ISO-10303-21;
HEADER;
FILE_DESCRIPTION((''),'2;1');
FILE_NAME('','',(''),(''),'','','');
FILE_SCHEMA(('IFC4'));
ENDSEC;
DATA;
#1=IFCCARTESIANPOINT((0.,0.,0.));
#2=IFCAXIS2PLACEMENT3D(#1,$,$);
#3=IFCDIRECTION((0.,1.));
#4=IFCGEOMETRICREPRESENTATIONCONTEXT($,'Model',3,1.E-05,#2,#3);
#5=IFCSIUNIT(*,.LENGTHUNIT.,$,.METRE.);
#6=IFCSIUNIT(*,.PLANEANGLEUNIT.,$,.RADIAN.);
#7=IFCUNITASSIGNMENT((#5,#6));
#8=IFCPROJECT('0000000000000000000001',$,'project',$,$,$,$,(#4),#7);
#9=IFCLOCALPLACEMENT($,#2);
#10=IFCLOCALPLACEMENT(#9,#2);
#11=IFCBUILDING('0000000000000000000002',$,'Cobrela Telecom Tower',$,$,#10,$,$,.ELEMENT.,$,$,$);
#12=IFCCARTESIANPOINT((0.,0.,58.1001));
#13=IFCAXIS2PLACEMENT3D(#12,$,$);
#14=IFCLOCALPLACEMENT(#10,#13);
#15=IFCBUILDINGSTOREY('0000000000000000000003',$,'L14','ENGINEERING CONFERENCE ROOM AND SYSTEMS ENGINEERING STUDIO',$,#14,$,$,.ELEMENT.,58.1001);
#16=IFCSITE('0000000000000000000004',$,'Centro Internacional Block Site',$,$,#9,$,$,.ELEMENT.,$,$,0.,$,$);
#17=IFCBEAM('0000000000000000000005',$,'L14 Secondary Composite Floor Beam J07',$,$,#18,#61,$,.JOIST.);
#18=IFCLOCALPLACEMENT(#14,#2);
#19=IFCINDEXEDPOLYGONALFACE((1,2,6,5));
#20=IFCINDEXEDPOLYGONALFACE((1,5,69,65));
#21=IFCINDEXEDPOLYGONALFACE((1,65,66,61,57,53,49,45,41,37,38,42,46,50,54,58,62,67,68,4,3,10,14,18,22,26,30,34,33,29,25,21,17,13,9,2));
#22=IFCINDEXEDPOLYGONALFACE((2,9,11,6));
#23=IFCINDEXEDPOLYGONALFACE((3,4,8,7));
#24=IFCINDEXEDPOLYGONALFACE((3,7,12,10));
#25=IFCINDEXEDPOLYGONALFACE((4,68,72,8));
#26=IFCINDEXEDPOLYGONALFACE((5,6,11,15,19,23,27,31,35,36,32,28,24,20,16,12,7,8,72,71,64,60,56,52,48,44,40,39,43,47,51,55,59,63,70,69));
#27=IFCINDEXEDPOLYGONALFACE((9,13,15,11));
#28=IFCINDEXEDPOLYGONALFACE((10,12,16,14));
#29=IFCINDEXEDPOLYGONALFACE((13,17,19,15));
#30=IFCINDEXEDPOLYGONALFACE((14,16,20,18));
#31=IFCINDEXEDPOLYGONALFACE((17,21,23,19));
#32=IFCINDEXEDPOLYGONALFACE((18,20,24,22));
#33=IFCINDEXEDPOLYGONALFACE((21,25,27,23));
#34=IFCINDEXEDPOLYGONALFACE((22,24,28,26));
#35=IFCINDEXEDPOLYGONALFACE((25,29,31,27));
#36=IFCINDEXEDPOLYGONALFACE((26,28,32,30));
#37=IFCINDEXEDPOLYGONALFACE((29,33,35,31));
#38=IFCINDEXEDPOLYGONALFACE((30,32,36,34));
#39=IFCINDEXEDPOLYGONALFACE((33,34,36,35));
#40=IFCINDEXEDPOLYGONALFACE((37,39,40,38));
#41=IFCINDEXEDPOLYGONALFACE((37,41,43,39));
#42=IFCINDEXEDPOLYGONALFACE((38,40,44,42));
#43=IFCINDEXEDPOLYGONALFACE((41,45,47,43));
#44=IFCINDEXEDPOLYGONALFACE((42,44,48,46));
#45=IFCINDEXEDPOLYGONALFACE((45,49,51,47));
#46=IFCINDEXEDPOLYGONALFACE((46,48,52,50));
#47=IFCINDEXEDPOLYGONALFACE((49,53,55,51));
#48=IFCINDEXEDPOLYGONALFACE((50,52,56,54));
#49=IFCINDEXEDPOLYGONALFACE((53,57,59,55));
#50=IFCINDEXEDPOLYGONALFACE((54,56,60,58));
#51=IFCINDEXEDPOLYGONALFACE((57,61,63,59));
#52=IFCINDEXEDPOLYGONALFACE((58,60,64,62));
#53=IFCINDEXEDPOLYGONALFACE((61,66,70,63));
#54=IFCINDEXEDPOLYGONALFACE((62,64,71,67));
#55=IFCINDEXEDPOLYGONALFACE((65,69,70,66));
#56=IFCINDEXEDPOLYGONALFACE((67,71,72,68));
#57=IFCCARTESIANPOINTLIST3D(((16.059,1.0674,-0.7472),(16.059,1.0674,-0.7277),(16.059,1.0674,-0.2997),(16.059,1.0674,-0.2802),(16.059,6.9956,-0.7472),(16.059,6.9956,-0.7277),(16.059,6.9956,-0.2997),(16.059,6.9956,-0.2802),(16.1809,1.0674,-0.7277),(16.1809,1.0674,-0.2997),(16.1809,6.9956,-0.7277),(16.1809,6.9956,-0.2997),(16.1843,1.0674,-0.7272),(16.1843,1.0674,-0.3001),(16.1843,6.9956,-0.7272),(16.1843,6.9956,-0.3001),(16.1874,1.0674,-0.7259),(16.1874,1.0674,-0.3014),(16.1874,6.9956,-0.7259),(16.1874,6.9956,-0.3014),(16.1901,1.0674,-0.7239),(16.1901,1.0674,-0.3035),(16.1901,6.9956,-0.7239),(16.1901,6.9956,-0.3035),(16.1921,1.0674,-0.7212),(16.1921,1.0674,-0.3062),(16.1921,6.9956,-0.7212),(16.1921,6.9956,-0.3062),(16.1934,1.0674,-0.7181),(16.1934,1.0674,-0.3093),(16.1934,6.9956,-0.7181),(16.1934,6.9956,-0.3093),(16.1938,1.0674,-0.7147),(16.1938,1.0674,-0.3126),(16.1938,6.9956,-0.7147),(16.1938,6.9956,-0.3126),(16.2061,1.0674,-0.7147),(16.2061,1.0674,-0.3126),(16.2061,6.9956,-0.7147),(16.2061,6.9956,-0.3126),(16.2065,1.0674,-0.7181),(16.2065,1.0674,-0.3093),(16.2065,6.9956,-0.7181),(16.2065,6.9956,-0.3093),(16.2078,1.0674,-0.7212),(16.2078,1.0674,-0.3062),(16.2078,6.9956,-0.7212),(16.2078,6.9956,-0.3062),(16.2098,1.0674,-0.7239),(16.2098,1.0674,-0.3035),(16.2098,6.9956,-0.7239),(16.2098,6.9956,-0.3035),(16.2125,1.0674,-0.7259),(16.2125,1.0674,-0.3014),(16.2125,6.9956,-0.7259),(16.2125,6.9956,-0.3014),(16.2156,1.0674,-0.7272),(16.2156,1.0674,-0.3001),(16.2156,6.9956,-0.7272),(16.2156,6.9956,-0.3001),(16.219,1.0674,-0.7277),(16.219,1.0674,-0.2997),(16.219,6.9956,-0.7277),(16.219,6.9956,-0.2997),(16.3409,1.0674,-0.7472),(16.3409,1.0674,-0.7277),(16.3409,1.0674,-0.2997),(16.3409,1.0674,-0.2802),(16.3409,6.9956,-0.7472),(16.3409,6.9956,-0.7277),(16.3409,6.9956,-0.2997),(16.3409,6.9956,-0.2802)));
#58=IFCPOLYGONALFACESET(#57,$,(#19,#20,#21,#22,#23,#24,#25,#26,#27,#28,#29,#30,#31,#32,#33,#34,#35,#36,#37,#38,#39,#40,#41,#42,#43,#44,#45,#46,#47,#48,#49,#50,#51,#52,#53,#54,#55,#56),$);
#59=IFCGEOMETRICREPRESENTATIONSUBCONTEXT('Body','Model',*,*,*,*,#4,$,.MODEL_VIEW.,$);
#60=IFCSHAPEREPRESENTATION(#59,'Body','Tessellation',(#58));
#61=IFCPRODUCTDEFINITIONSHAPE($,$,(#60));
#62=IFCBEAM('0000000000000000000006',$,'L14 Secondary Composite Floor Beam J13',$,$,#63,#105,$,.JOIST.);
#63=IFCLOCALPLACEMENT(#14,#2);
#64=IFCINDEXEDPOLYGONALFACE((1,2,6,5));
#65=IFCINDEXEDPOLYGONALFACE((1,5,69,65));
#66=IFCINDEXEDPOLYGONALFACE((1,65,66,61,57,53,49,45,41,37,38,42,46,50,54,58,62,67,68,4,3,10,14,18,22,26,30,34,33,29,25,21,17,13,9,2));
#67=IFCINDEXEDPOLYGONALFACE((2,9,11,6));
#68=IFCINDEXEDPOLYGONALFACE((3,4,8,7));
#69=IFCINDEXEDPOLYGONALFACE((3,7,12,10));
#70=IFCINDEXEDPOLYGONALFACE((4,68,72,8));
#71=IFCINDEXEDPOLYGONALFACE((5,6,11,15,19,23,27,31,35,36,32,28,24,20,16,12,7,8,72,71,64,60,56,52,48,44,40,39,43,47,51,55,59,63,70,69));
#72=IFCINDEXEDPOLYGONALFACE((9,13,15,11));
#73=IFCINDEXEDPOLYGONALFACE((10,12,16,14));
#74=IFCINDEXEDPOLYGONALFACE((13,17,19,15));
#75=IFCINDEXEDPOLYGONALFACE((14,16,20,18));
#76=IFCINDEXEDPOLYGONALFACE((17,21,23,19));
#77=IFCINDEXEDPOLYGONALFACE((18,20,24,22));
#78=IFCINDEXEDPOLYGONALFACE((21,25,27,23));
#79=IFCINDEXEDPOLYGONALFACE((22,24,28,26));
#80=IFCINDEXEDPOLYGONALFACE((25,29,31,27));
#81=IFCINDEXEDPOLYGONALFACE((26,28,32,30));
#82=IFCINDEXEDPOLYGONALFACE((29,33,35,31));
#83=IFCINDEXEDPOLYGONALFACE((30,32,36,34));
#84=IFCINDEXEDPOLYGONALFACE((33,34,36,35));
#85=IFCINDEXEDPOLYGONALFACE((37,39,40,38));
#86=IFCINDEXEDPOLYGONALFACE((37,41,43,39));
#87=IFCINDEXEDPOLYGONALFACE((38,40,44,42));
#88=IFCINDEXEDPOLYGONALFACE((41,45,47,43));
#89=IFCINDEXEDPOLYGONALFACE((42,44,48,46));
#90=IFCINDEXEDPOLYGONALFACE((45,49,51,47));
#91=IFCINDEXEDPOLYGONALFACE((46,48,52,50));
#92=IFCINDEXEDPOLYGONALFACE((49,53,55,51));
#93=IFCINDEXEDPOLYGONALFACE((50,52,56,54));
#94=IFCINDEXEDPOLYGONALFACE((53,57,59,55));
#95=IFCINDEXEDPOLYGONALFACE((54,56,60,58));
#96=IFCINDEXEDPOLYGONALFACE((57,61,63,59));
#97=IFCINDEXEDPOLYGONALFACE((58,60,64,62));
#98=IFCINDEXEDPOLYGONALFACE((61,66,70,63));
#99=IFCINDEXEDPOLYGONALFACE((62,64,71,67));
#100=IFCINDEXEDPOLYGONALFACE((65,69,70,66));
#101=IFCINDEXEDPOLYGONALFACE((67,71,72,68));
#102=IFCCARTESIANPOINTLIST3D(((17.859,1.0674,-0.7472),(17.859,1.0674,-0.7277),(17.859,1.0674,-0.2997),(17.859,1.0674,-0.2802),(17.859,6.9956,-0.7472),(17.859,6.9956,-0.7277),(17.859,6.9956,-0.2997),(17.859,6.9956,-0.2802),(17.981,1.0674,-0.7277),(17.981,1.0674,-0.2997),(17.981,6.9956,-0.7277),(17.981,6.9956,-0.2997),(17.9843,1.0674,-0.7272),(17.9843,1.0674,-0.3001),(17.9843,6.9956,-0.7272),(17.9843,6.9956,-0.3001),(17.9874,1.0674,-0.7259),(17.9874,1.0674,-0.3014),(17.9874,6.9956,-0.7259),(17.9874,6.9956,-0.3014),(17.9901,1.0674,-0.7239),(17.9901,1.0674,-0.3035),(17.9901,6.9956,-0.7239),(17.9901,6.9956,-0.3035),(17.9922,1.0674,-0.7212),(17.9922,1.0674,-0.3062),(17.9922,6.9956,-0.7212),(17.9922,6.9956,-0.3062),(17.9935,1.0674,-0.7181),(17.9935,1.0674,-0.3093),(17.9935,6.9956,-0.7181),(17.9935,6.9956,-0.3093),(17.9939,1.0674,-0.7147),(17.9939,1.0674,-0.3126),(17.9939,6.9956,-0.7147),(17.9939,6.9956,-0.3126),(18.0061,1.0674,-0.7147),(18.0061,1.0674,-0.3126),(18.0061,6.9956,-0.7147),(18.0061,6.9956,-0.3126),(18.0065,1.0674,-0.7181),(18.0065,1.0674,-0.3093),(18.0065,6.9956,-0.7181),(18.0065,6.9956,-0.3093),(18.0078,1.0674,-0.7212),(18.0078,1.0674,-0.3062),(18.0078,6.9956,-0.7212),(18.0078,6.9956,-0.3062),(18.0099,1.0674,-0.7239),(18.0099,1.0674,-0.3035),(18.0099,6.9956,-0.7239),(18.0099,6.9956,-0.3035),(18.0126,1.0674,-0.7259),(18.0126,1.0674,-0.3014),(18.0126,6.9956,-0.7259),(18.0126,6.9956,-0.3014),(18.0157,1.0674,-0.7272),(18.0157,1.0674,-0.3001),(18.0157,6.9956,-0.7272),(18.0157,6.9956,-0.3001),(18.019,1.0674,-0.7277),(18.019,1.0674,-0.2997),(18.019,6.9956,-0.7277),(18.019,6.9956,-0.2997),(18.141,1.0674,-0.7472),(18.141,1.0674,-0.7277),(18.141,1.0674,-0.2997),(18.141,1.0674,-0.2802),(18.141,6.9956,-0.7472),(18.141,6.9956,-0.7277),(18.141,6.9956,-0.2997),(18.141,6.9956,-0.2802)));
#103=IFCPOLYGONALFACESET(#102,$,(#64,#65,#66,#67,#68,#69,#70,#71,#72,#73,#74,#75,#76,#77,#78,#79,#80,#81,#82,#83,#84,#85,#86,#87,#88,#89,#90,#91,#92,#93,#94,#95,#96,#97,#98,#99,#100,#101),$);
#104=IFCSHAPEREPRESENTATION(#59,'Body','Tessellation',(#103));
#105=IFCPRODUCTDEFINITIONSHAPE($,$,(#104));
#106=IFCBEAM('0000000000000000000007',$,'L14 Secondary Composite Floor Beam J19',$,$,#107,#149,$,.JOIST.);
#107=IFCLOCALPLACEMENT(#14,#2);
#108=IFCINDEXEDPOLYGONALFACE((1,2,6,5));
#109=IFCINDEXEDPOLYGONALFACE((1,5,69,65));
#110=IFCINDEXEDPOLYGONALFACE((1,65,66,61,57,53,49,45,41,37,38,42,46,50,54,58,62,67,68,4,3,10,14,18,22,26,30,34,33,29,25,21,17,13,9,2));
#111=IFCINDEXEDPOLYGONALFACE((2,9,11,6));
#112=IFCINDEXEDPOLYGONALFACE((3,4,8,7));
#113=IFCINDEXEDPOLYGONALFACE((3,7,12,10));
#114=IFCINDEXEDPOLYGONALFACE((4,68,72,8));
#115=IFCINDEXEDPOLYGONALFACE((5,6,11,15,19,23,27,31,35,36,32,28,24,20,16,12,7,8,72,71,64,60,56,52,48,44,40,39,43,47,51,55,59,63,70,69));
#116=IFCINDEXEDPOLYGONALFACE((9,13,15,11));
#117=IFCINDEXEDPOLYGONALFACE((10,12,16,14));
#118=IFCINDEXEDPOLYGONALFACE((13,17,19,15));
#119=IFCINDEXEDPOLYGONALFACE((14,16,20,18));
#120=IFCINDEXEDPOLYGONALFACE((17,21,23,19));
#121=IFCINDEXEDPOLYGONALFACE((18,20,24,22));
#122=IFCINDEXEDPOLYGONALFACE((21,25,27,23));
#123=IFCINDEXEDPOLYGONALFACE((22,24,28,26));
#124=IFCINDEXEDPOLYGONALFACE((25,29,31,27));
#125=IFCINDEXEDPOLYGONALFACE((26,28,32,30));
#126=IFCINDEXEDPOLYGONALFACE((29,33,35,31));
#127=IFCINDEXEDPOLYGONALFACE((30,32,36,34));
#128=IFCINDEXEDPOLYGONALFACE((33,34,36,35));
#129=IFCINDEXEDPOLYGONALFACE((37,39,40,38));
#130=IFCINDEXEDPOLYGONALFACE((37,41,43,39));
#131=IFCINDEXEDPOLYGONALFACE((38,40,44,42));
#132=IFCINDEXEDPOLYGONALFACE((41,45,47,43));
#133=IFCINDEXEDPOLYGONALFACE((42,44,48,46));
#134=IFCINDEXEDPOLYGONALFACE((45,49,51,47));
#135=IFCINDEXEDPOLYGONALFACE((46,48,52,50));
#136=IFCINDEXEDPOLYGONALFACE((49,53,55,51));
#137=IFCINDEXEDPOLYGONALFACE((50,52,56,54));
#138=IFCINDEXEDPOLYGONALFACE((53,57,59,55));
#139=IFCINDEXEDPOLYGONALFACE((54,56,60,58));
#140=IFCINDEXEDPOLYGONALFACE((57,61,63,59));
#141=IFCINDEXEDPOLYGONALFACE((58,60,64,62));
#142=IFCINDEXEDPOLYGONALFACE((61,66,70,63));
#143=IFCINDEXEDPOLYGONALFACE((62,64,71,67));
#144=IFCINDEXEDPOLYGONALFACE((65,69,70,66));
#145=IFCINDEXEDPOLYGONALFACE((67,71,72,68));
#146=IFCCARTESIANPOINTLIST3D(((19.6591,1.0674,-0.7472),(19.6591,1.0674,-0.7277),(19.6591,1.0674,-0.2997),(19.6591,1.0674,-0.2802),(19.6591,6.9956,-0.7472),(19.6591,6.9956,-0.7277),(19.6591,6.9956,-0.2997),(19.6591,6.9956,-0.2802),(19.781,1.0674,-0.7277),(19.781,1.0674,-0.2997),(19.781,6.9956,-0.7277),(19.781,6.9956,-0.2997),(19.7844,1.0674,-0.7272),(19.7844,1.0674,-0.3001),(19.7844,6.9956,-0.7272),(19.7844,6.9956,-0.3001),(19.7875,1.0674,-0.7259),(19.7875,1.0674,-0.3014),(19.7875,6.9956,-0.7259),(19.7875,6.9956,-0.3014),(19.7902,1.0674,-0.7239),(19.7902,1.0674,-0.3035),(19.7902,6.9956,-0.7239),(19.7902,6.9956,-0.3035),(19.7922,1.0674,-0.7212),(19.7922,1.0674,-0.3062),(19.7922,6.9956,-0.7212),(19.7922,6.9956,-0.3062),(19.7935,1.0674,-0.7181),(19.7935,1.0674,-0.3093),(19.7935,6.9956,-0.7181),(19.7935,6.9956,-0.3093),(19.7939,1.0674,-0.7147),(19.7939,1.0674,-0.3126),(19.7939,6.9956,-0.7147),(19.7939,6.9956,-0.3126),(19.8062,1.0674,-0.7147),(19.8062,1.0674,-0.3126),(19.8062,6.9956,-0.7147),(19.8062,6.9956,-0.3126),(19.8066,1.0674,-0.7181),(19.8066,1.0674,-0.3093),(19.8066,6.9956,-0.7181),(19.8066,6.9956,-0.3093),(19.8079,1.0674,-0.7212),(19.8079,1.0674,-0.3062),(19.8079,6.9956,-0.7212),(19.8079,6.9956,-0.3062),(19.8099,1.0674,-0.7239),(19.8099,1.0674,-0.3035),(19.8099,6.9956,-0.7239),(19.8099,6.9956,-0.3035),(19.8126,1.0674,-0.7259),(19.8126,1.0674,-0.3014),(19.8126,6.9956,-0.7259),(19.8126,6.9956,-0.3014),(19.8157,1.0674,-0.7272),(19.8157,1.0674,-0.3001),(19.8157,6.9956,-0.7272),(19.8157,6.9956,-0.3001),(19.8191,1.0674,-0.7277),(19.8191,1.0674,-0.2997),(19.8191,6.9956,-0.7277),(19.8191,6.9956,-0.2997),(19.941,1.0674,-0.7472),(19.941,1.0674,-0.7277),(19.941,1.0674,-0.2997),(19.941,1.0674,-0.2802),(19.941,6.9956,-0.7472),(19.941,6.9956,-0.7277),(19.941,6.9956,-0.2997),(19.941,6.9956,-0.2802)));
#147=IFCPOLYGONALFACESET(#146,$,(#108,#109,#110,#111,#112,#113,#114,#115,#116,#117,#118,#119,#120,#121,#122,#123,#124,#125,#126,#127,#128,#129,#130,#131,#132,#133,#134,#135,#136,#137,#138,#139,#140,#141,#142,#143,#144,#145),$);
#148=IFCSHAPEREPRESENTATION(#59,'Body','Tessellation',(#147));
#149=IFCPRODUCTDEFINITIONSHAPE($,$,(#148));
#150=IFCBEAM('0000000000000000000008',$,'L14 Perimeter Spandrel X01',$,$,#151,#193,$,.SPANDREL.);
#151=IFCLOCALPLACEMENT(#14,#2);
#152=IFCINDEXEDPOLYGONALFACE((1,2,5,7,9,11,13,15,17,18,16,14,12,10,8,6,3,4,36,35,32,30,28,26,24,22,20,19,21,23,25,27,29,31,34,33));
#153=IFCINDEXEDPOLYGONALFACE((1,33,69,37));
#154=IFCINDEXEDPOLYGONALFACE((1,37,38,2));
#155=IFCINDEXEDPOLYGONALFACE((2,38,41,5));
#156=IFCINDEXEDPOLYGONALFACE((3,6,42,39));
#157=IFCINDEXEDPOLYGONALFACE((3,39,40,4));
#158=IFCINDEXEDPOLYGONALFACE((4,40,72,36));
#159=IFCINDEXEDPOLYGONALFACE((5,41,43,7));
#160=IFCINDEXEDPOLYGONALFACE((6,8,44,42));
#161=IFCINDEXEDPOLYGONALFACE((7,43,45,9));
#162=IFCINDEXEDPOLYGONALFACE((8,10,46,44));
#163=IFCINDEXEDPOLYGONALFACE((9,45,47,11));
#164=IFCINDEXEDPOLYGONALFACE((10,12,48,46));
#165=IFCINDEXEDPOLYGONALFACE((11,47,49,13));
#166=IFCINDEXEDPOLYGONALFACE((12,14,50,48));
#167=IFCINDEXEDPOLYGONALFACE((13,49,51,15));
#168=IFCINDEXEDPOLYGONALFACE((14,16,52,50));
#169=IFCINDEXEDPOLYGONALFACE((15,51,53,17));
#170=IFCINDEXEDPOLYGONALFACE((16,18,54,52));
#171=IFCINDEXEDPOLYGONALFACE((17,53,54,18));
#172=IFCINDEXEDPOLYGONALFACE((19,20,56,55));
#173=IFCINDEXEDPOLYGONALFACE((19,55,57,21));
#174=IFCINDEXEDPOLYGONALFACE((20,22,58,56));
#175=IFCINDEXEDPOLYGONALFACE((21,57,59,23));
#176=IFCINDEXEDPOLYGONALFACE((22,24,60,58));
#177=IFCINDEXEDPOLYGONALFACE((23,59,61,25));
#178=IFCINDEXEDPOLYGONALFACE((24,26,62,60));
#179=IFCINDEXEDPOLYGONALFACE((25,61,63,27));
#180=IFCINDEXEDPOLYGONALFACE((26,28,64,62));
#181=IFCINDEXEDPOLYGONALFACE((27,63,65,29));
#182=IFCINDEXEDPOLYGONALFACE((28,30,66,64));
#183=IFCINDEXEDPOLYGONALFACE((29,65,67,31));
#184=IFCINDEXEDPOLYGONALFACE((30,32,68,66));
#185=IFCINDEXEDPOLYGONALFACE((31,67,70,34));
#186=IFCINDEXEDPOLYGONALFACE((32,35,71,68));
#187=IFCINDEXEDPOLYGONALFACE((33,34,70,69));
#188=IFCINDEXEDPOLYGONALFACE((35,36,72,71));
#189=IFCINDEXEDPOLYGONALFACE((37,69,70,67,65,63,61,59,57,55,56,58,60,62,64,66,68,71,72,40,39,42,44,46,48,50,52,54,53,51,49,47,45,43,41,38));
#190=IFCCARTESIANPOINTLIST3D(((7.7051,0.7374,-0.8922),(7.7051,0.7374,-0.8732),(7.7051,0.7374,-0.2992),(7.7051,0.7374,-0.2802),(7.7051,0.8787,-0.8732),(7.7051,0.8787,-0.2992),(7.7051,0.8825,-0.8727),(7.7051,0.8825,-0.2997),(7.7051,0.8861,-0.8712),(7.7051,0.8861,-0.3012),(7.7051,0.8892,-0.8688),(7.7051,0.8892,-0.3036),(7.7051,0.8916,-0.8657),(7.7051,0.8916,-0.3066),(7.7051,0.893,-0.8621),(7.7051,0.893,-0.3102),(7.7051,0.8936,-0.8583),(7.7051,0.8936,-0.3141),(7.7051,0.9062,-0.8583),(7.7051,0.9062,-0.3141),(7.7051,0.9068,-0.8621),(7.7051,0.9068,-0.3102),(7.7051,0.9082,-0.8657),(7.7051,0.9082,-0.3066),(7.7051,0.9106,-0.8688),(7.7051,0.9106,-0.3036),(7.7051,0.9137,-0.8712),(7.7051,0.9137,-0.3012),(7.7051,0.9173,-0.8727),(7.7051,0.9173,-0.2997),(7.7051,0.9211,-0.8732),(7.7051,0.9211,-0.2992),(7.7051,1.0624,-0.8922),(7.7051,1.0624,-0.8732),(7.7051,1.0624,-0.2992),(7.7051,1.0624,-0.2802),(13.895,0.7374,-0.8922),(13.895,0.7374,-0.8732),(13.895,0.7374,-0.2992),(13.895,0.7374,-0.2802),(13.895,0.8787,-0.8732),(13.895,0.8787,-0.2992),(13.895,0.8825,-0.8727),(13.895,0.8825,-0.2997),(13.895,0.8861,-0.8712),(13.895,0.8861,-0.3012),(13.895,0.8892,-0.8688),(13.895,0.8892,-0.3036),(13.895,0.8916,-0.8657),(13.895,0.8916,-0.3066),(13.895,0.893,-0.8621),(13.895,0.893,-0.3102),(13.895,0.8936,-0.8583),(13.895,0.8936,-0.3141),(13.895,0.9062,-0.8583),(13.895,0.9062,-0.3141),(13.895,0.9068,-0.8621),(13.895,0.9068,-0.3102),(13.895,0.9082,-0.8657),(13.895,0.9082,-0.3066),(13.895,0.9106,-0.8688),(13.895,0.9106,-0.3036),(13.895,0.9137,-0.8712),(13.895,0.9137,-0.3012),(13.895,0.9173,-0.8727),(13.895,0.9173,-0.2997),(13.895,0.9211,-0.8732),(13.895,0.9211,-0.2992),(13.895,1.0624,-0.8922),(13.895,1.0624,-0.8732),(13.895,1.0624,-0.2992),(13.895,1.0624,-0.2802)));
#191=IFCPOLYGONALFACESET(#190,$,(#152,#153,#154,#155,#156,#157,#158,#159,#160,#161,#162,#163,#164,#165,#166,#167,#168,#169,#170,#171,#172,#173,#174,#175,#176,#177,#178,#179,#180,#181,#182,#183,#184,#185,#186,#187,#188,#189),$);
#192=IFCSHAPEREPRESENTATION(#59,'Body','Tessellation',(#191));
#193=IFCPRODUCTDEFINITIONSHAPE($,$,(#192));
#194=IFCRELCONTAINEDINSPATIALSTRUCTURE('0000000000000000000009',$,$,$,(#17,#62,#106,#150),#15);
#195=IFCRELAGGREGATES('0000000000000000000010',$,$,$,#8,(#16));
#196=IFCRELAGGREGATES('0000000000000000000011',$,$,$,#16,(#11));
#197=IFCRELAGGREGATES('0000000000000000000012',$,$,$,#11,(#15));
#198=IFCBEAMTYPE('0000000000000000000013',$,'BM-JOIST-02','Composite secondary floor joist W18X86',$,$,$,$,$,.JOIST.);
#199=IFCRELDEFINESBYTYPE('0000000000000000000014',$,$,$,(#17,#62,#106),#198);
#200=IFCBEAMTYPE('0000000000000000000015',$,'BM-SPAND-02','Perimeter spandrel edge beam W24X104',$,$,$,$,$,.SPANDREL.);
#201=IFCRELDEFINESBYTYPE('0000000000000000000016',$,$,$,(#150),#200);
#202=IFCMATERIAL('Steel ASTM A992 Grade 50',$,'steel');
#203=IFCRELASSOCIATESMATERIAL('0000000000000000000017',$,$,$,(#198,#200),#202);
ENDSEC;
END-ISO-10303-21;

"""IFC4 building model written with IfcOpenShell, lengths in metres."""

from ifc_helpers import new_model, si_unit, direction, frame, origin, origin_2d, place, context, subcontext, project, spatial, i_section, extrude, material, material_profile, profile_set, type_object, element, save


model = new_model("IFC4")

# Units and contexts
model_context = context("Model", 3, precision=1e-05, world=origin(), true_north=direction((0.0, 1.0)))
body_context = subcontext(model_context, "Body", "Model", "MODEL_VIEW")
ifc_project = project(units=[si_unit("LENGTHUNIT", "METRE"), si_unit("PLANEANGLEUNIT", "RADIAN")], contexts=[model_context])

# Site, building, storey
site_placement = place(None, origin())
site = spatial("IfcSite", under=ifc_project, at=site_placement, Name="Centro Internacional Block Site", CompositionType="ELEMENT", RefElevation=0.0)
building_placement = place(site_placement, origin())
building = spatial("IfcBuilding", under=site, at=building_placement, Name="Cobrela Telecom Tower", CompositionType="ELEMENT")
storey_placement = place(building_placement, frame((0.0, 0.0, 58.1001)))
storey = spatial("IfcBuildingStorey", under=building, at=storey_placement, Name="L14", Description="ENGINEERING CONFERENCE ROOM AND SYSTEMS ENGINEERING STUDIO", CompositionType="ELEMENT", Elevation=58.1001)

# Beams
ifc_material_1 = material(Name="Steel ASTM A992 Grade 50", Category="steel")
ifc_material_profile_1 = material_profile(ifc_material_1, i_section(OverallWidth=0.282, OverallDepth=0.467, WebThickness=0.0122, FlangeThickness=0.0195, FilletRadius=0.0129, at=origin_2d()), Name="W18X86")
ifc_profile_set_1 = profile_set([ifc_material_profile_1], Name="Steel ASTM A992 Grade 50")
beam_type_1 = type_object("IfcBeamType", Name="BM-JOIST-02", Description="Composite secondary floor joist W18X86", PredefinedType="JOIST", material=ifc_profile_set_1)
for number, where, z_axis, x_axis, name in (
    (1, (16.2, 1.0674, -0.5137), (0.0, 1.0, 0.0), (-1.0, 0.0, 0.0), "L14 Secondary Composite Floor Beam J07"),
    (2, (18.0, 1.0674, -0.5137), (0.0, 1.0, 0.0), (-1.0, 0.0, 0.0), "L14 Secondary Composite Floor Beam J13"),
    (3, (19.8, 1.0674, -0.5137), (0.0, 1.0, 0.0), (-1.0, 0.0, 0.0), "L14 Secondary Composite Floor Beam J19"),
):
    element("IfcBeam", number, at=place(storey_placement, frame(where, z_axis=z_axis, x_axis=x_axis)), inside=storey, type_object=beam_type_1, Name=name, PredefinedType="JOIST", context=body_context, shape_type="SweptSolid", body=[
        extrude(i_section(OverallWidth=0.282, OverallDepth=0.467, WebThickness=0.0122, FlangeThickness=0.0195, FilletRadius=0.0129, at=origin_2d()), origin(), (0.0, 0.0, 1.0), 5.9282),
    ])
ifc_material_profile_2 = material_profile(ifc_material_1, i_section(OverallWidth=0.325, OverallDepth=0.6121, WebThickness=0.0127, FlangeThickness=0.019, FilletRadius=0.0149, at=origin_2d()), Name="W24X104")
ifc_profile_set_2 = profile_set([ifc_material_profile_2], Name="Steel ASTM A992 Grade 50")
beam_type_2 = type_object("IfcBeamType", Name="BM-SPAND-02", Description="Perimeter spandrel edge beam W24X104", PredefinedType="SPANDREL", material=ifc_profile_set_2)
for number, where, z_axis, x_axis, name in (
    (4, (7.7051, 0.8999, -0.5862), (1.0, 0.0, 0.0), (0.0, 1.0, 0.0), "L14 Perimeter Spandrel X01"),
):
    element("IfcBeam", number, at=place(storey_placement, frame(where, z_axis=z_axis, x_axis=x_axis)), inside=storey, type_object=beam_type_2, Name=name, PredefinedType="SPANDREL", context=body_context, shape_type="SweptSolid", body=[
        extrude(i_section(OverallWidth=0.325, OverallDepth=0.6121, WebThickness=0.0127, FlangeThickness=0.019, FilletRadius=0.0149, at=origin_2d()), origin(), (0.0, 0.0, 1.0), 6.1899),
    ])

save(model, "model.ifc")
